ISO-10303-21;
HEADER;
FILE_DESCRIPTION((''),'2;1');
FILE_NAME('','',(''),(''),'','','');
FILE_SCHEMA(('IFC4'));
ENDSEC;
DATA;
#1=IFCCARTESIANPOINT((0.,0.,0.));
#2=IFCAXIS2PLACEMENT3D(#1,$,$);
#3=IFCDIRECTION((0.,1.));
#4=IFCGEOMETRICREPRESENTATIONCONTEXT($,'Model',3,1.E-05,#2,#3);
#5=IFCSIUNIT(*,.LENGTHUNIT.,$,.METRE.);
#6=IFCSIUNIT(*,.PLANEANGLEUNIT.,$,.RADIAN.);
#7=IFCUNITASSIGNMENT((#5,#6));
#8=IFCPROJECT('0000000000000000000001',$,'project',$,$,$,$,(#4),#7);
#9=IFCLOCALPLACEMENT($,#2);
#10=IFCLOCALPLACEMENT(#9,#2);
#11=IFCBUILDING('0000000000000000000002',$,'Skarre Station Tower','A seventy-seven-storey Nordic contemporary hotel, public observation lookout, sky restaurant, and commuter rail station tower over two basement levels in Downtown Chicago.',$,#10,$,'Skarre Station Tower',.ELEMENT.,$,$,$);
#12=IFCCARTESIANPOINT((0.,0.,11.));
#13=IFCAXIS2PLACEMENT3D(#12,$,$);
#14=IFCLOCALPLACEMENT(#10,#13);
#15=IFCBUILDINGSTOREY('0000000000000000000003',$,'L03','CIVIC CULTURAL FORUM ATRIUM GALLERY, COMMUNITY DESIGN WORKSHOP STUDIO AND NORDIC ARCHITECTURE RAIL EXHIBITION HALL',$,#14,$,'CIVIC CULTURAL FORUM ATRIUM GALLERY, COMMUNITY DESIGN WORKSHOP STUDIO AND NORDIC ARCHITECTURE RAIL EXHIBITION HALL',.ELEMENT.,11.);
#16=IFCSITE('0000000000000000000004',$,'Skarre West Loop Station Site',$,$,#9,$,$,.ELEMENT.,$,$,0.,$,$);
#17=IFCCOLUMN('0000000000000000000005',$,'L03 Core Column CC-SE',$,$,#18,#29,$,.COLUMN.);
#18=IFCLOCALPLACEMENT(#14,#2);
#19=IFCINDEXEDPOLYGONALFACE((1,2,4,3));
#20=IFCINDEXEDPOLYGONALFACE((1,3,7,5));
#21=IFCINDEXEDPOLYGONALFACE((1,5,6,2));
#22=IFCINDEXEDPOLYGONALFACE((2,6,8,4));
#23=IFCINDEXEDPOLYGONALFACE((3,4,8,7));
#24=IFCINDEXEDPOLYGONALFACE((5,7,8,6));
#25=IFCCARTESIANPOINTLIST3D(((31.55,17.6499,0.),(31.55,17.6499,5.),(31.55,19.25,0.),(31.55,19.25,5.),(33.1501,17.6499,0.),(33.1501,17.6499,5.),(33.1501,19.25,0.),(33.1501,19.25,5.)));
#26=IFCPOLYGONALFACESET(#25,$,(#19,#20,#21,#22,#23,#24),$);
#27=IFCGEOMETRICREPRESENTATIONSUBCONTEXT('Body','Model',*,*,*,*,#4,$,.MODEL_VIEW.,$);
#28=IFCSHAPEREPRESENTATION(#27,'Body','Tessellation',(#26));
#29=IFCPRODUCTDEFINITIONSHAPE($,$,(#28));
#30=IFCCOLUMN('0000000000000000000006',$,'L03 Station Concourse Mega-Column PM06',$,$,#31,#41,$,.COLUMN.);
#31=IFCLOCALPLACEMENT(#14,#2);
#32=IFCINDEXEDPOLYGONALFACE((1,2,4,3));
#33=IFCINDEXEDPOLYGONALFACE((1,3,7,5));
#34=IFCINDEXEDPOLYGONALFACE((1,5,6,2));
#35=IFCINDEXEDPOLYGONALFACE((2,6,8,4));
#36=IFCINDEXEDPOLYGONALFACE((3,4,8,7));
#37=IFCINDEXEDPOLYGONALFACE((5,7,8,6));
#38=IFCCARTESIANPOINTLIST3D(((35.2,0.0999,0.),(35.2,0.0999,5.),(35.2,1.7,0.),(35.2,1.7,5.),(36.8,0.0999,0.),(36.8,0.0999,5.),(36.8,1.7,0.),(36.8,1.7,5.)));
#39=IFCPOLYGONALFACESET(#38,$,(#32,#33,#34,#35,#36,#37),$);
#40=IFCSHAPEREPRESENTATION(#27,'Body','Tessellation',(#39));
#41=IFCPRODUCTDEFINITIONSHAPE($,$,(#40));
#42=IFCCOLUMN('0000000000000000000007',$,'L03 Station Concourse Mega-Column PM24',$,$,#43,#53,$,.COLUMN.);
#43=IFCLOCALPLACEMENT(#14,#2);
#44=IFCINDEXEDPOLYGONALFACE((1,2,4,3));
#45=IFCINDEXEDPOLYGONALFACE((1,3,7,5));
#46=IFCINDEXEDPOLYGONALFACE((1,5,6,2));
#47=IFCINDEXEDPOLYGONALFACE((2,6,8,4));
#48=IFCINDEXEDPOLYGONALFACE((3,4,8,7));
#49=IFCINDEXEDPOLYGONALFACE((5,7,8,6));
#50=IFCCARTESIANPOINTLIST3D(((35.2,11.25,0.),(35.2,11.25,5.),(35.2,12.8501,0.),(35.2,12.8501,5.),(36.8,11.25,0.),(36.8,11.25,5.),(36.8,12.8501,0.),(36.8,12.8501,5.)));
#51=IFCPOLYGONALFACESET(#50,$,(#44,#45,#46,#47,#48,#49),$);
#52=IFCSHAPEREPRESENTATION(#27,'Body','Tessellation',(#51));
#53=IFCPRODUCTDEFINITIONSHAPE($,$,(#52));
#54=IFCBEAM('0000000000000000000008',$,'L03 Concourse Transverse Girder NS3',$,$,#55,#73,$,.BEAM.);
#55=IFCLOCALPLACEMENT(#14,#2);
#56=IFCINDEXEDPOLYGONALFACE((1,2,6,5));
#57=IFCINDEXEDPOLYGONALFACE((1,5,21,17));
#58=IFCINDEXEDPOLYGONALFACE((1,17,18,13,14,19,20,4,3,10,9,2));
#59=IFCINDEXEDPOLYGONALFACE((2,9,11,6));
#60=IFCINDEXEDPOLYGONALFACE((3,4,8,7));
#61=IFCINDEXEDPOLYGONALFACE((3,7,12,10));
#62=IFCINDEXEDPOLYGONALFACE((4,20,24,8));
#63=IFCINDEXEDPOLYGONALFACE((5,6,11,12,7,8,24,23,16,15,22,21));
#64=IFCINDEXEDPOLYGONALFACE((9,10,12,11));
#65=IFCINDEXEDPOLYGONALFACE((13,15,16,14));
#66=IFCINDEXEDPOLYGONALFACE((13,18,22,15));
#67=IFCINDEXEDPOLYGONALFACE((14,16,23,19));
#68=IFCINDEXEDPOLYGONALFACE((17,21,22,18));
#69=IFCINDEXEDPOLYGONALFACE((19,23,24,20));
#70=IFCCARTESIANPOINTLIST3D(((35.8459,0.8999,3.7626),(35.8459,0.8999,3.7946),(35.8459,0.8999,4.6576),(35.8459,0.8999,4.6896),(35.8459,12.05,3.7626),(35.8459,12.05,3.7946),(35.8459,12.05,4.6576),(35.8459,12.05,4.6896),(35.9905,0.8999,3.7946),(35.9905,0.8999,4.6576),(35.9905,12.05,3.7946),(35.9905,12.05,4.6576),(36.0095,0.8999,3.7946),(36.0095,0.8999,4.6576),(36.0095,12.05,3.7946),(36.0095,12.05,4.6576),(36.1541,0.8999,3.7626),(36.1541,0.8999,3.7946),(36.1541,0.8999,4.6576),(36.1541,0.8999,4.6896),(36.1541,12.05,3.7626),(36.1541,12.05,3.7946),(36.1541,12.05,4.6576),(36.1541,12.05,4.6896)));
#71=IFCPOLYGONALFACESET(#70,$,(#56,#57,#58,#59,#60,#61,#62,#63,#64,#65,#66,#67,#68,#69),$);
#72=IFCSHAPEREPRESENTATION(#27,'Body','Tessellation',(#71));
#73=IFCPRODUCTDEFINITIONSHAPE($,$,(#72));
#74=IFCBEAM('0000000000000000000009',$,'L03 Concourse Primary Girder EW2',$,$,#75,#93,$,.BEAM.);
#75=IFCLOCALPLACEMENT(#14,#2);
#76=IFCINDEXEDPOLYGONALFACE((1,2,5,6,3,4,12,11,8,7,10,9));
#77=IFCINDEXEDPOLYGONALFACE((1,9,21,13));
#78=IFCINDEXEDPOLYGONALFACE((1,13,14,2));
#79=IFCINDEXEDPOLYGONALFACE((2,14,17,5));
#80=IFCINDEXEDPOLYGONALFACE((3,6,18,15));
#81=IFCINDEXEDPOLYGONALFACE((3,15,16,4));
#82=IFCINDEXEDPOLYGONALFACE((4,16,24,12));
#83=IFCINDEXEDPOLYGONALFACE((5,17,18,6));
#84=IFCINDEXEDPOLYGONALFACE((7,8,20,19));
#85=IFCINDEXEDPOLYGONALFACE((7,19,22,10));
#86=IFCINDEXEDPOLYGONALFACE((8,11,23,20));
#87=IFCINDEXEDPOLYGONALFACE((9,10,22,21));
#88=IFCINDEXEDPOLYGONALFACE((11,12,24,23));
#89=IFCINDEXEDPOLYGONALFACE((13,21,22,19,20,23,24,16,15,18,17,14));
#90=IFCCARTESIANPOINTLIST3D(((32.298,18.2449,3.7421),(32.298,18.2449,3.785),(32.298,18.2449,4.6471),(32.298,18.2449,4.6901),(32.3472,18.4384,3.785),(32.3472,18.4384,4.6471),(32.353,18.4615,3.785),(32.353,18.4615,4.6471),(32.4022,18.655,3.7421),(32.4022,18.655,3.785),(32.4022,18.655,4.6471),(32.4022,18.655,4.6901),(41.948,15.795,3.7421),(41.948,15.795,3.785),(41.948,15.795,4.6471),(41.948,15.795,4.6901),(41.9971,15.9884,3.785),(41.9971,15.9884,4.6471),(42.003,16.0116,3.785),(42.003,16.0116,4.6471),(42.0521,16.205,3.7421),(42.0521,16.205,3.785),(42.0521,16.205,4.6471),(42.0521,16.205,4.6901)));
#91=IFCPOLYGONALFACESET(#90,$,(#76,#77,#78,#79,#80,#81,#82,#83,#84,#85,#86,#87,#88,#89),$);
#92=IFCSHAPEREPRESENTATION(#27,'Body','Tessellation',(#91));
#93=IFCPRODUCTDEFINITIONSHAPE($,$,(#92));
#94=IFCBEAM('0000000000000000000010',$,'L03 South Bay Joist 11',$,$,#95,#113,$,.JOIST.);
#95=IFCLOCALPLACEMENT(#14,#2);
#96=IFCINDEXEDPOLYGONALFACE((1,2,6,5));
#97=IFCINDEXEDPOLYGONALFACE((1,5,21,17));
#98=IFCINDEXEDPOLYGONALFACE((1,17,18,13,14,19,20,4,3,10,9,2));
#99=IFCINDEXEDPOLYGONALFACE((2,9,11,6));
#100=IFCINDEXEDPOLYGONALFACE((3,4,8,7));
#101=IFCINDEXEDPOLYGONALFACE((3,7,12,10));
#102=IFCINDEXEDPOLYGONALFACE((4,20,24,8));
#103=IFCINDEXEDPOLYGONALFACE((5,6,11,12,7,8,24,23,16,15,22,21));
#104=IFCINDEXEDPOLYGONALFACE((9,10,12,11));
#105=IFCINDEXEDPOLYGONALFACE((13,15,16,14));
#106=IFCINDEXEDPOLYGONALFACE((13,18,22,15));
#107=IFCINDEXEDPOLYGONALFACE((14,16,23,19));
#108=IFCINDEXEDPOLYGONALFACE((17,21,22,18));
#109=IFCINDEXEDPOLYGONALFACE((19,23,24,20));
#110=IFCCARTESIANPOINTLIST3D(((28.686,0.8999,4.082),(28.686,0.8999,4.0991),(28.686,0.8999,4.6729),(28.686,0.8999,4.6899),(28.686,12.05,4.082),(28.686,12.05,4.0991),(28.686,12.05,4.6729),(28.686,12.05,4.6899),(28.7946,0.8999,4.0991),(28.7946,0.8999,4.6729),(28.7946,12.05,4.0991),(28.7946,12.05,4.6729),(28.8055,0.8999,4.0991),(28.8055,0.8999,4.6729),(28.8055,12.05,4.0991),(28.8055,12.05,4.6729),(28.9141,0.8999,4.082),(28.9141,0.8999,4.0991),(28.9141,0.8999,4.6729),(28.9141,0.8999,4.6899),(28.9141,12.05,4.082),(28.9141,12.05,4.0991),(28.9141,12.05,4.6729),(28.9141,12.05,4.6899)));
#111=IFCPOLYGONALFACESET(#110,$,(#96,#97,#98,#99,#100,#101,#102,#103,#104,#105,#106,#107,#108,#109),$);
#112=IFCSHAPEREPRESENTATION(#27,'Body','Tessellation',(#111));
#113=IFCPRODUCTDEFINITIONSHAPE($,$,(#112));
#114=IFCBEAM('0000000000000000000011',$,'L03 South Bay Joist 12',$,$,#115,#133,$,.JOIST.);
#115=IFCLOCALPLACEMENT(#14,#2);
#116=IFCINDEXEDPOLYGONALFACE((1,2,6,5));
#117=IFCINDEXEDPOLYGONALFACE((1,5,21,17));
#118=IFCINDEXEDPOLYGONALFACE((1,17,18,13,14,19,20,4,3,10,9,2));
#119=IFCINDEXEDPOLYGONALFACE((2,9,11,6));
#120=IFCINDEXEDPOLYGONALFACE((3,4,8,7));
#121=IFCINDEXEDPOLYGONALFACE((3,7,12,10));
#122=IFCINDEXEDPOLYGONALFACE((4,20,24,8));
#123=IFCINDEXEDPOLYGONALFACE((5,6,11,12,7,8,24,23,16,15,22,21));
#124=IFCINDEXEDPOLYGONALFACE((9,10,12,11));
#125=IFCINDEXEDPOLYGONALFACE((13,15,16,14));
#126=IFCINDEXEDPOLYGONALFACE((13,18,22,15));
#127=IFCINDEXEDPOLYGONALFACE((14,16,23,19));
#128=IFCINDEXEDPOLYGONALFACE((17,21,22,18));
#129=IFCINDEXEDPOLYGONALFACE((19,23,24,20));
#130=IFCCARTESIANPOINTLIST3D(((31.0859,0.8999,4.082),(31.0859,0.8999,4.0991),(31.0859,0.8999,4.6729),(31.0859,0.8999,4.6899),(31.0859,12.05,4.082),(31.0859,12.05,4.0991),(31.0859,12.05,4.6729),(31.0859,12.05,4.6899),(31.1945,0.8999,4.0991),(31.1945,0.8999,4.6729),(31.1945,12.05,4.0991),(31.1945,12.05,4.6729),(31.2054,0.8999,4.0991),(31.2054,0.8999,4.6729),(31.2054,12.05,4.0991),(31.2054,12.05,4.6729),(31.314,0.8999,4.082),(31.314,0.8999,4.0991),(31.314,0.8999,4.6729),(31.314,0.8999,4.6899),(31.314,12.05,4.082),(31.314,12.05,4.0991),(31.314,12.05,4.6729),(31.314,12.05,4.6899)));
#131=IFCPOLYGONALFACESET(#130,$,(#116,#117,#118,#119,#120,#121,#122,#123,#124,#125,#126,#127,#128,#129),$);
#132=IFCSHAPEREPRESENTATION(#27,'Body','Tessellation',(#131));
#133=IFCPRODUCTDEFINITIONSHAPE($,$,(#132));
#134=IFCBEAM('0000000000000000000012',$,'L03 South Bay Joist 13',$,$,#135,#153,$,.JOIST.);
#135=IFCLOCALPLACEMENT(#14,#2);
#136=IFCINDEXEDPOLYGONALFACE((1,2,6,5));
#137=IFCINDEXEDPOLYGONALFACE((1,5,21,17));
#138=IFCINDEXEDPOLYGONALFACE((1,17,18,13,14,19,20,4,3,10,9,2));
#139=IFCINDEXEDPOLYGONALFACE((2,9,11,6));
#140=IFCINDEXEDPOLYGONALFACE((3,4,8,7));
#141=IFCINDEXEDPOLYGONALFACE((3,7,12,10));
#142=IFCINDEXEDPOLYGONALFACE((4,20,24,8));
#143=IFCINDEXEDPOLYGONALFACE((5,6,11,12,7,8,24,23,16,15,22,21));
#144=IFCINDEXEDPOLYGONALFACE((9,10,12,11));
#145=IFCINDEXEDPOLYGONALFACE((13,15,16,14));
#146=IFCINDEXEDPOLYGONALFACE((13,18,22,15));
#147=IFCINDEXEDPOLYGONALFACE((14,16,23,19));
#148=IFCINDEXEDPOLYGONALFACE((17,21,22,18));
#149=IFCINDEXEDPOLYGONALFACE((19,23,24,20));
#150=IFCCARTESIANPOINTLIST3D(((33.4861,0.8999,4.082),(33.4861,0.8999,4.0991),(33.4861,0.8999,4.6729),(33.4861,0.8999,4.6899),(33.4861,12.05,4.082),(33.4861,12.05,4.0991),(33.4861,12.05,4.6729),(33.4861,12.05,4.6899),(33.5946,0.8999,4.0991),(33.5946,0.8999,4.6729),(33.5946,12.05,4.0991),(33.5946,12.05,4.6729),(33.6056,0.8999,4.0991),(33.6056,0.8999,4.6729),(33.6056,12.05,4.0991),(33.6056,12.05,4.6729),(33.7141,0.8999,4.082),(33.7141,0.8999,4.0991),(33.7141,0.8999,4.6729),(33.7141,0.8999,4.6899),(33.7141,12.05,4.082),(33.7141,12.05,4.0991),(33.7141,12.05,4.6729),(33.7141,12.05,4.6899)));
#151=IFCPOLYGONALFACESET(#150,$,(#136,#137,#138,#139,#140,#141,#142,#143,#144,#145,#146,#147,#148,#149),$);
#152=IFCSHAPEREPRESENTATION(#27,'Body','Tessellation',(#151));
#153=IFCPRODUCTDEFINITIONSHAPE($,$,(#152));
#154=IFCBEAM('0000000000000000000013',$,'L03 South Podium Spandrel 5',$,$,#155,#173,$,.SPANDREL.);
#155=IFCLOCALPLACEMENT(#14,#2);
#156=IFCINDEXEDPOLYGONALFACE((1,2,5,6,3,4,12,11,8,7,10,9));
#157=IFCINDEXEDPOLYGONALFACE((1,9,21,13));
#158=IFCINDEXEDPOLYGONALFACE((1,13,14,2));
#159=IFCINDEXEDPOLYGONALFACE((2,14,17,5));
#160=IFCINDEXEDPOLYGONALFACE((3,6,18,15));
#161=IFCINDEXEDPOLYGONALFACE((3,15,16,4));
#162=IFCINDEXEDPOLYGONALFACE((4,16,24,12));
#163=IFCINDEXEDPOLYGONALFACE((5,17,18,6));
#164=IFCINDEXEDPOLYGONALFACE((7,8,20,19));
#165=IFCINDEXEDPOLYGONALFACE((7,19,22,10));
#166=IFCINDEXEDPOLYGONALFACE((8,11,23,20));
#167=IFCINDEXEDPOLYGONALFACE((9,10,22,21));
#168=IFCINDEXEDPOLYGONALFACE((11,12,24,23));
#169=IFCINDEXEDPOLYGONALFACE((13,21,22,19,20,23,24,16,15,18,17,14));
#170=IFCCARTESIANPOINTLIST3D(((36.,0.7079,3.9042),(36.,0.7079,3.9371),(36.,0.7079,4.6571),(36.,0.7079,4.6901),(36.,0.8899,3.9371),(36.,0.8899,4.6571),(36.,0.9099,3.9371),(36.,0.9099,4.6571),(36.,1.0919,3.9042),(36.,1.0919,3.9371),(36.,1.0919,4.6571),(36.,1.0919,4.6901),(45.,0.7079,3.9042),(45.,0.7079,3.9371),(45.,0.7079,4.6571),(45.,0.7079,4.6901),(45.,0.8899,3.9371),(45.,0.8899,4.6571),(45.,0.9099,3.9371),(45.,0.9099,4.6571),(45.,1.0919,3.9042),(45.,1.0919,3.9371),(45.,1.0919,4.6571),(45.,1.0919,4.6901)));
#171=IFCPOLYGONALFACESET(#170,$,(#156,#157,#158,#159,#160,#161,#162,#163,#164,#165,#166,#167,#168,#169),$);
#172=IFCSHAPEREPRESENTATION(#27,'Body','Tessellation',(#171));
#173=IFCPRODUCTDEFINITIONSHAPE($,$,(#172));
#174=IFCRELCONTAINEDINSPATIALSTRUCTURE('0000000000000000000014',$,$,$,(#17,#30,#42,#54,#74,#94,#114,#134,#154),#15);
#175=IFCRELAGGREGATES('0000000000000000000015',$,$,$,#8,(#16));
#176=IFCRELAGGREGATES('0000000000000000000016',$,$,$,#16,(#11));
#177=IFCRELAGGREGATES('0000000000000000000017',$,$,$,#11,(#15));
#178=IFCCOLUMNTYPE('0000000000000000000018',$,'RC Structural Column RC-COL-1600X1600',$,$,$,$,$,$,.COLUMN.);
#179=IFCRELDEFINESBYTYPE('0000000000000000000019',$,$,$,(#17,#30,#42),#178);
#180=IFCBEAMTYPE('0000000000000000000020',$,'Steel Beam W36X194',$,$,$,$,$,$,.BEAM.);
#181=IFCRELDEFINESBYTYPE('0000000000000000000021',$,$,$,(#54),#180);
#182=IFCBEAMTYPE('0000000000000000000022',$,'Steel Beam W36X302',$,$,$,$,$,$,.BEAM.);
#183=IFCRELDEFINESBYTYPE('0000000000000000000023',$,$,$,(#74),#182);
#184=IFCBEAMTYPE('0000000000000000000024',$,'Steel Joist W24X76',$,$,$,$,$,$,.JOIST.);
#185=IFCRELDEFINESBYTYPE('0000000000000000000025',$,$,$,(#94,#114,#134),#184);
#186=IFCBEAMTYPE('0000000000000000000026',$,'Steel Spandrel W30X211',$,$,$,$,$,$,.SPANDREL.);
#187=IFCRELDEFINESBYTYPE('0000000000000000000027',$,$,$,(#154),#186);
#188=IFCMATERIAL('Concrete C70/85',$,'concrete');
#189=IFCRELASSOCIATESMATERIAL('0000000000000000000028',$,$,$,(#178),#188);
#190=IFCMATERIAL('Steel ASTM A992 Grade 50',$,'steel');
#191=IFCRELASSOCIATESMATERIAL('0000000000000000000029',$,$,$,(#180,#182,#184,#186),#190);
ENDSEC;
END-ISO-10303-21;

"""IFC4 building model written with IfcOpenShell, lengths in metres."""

from ifc_helpers import new_model, si_unit, direction, frame, origin, origin_2d, place, context, subcontext, project, spatial, rectangle, i_section, extrude, material, material_profile, profile_set, type_object, element, save


model = new_model("IFC4")

# Units and contexts
model_context = context("Model", 3, precision=1e-05, world=origin(), true_north=direction((0.0, 1.0)))
body_context = subcontext(model_context, "Body", "Model", "MODEL_VIEW")
ifc_project = project(units=[si_unit("LENGTHUNIT", "METRE"), si_unit("PLANEANGLEUNIT", "RADIAN")], contexts=[model_context])

# Site, building, storey
site_placement = place(None, origin())
site = spatial("IfcSite", under=ifc_project, at=site_placement, Name="Skarre West Loop Station Site", CompositionType="ELEMENT", RefElevation=0.0)
building_placement = place(site_placement, origin())
building = spatial("IfcBuilding", under=site, at=building_placement, Name="Skarre Station Tower", Description="A seventy-seven-storey Nordic contemporary hotel, public observation lookout, sky restaurant, and commuter rail station tower over two basement levels in Downtown Chicago.", LongName="Skarre Station Tower", CompositionType="ELEMENT")
storey_placement = place(building_placement, frame((0.0, 0.0, 11.0)))
storey = spatial("IfcBuildingStorey", under=building, at=storey_placement, Name="L03", Description="CIVIC CULTURAL FORUM ATRIUM GALLERY, COMMUNITY DESIGN WORKSHOP STUDIO AND NORDIC ARCHITECTURE RAIL EXHIBITION HALL", LongName="CIVIC CULTURAL FORUM ATRIUM GALLERY, COMMUNITY DESIGN WORKSHOP STUDIO AND NORDIC ARCHITECTURE RAIL EXHIBITION HALL", CompositionType="ELEMENT", Elevation=11.0)

# Columns
ifc_material_1 = material(Name="Concrete C70/85", Category="concrete")
ifc_material_profile_1 = material_profile(ifc_material_1, rectangle(XDim=1.6001, YDim=1.6001, at=origin_2d()), Name="Concrete C70/85")
ifc_profile_set_1 = profile_set([ifc_material_profile_1], Name="Concrete C70/85")
column_type = type_object("IfcColumnType", Name="RC Structural Column RC-COL-1600X1600", PredefinedType="COLUMN", material=ifc_profile_set_1)
for number, where, z_axis, x_axis, name in (
    (1, (32.3501, 18.45, 0.0), (0.0, 0.0, 1.0), (1.0, 0.0, 0.0), "L03 Core Column CC-SE"),
    (2, (36.0, 0.8999, 0.0), (0.0, 0.0, 1.0), (1.0, 0.0, 0.0), "L03 Station Concourse Mega-Column PM06"),
    (3, (36.0, 12.05, 0.0), (0.0, 0.0, 1.0), (1.0, 0.0, 0.0), "L03 Station Concourse Mega-Column PM24"),
):
    element("IfcColumn", number, at=place(storey_placement, frame(where, z_axis=z_axis, x_axis=x_axis)), inside=storey, type_object=column_type, Name=name, PredefinedType="COLUMN", context=body_context, shape_type="SweptSolid", body=[
        extrude(rectangle(XDim=1.6001, YDim=1.6001, at=origin_2d()), origin(), (0.0, 0.0, 1.0), 5.0),
    ])

# Beams
ifc_material_2 = material(Name="Steel ASTM A992 Grade 50", Category="steel")
ifc_material_profile_2 = material_profile(ifc_material_2, i_section(OverallWidth=0.3081, OverallDepth=0.927, WebThickness=0.019, FlangeThickness=0.032, at=origin_2d()), Name="Steel ASTM A992 Grade 50")
ifc_profile_set_2 = profile_set([ifc_material_profile_2], Name="Steel ASTM A992 Grade 50")
beam_type_1 = type_object("IfcBeamType", Name="Steel Beam W36X194", PredefinedType="BEAM", material=ifc_profile_set_2)
beam_1_placement = place(storey_placement, frame((36.0, 0.8999, 4.2261), z_axis=(0.0, 1.0, 0.0), x_axis=(-1.0, 0.0, 0.0)))
element("IfcBeam", 4, at=beam_1_placement, inside=storey, type_object=beam_type_1, Name="L03 Concourse Transverse Girder NS3", PredefinedType="BEAM", context=body_context, shape_type="SweptSolid", body=[
    extrude(i_section(OverallWidth=0.3081, OverallDepth=0.927, WebThickness=0.019, FlangeThickness=0.032, at=origin_2d()), origin(), (0.0, 0.0, 1.0), 11.1501),
])
ifc_material_profile_3 = material_profile(ifc_material_2, i_section(OverallWidth=0.4231, OverallDepth=0.948, WebThickness=0.0239, FlangeThickness=0.043, at=origin_2d()), Name="Steel ASTM A992 Grade 50")
ifc_profile_set_3 = profile_set([ifc_material_profile_3], Name="Steel ASTM A992 Grade 50")
beam_type_2 = type_object("IfcBeamType", Name="Steel Beam W36X302", PredefinedType="BEAM", material=ifc_profile_set_3)
beam_2_placement = place(storey_placement, frame((32.3501, 18.45, 4.2161), z_axis=(0.96925, -0.246077, 0.0), x_axis=(0.246077, 0.96925, 0.0)))
element("IfcBeam", 5, at=beam_2_placement, inside=storey, type_object=beam_type_2, Name="L03 Concourse Primary Girder EW2", PredefinedType="BEAM", context=body_context, shape_type="SweptSolid", body=[
    extrude(i_section(OverallWidth=0.4231, OverallDepth=0.948, WebThickness=0.0239, FlangeThickness=0.043, at=origin_2d()), origin(), (0.0, 0.0, 1.0), 9.9561),
])
ifc_material_profile_4 = material_profile(ifc_material_2, i_section(OverallWidth=0.228, OverallDepth=0.6079, WebThickness=0.011, FlangeThickness=0.0171, at=origin_2d()), Name="Steel ASTM A992 Grade 50")
ifc_profile_set_4 = profile_set([ifc_material_profile_4], Name="Steel ASTM A992 Grade 50")
beam_type_3 = type_object("IfcBeamType", Name="Steel Joist W24X76", PredefinedType="JOIST", material=ifc_profile_set_4)
for number, where, z_axis, x_axis, name in (
    (6, (28.8, 0.8999, 4.386), (0.0, 1.0, 0.0), (-1.0, 0.0, 0.0), "L03 South Bay Joist 11"),
    (7, (31.2, 0.8999, 4.386), (0.0, 1.0, 0.0), (-1.0, 0.0, 0.0), "L03 South Bay Joist 12"),
    (8, (33.6001, 0.8999, 4.386), (0.0, 1.0, 0.0), (-1.0, 0.0, 0.0), "L03 South Bay Joist 13"),
):
    element("IfcBeam", number, at=place(storey_placement, frame(where, z_axis=z_axis, x_axis=x_axis)), inside=storey, type_object=beam_type_3, Name=name, PredefinedType="JOIST", context=body_context, shape_type="SweptSolid", body=[
        extrude(i_section(OverallWidth=0.228, OverallDepth=0.6079, WebThickness=0.011, FlangeThickness=0.0171, at=origin_2d()), origin(), (0.0, 0.0, 1.0), 11.1501),
    ])
ifc_material_profile_5 = material_profile(ifc_material_2, i_section(OverallWidth=0.384, OverallDepth=0.7859, WebThickness=0.02, FlangeThickness=0.033, at=origin_2d()), Name="Steel ASTM A992 Grade 50")
ifc_profile_set_5 = profile_set([ifc_material_profile_5], Name="Steel ASTM A992 Grade 50")
beam_type_4 = type_object("IfcBeamType", Name="Steel Spandrel W30X211", PredefinedType="SPANDREL", material=ifc_profile_set_5)
beam_3_placement = place(storey_placement, frame((36.0, 0.8999, 4.2971), z_axis=(1.0, 0.0, 0.0), x_axis=(0.0, 1.0, 0.0)))
element("IfcBeam", 9, at=beam_3_placement, inside=storey, type_object=beam_type_4, Name="L03 South Podium Spandrel 5", PredefinedType="SPANDREL", context=body_context, shape_type="SweptSolid", body=[
    extrude(i_section(OverallWidth=0.384, OverallDepth=0.7859, WebThickness=0.02, FlangeThickness=0.033, at=origin_2d()), origin(), (0.0, 0.0, 1.0), 9.0),
])

save(model, "model.ifc")
